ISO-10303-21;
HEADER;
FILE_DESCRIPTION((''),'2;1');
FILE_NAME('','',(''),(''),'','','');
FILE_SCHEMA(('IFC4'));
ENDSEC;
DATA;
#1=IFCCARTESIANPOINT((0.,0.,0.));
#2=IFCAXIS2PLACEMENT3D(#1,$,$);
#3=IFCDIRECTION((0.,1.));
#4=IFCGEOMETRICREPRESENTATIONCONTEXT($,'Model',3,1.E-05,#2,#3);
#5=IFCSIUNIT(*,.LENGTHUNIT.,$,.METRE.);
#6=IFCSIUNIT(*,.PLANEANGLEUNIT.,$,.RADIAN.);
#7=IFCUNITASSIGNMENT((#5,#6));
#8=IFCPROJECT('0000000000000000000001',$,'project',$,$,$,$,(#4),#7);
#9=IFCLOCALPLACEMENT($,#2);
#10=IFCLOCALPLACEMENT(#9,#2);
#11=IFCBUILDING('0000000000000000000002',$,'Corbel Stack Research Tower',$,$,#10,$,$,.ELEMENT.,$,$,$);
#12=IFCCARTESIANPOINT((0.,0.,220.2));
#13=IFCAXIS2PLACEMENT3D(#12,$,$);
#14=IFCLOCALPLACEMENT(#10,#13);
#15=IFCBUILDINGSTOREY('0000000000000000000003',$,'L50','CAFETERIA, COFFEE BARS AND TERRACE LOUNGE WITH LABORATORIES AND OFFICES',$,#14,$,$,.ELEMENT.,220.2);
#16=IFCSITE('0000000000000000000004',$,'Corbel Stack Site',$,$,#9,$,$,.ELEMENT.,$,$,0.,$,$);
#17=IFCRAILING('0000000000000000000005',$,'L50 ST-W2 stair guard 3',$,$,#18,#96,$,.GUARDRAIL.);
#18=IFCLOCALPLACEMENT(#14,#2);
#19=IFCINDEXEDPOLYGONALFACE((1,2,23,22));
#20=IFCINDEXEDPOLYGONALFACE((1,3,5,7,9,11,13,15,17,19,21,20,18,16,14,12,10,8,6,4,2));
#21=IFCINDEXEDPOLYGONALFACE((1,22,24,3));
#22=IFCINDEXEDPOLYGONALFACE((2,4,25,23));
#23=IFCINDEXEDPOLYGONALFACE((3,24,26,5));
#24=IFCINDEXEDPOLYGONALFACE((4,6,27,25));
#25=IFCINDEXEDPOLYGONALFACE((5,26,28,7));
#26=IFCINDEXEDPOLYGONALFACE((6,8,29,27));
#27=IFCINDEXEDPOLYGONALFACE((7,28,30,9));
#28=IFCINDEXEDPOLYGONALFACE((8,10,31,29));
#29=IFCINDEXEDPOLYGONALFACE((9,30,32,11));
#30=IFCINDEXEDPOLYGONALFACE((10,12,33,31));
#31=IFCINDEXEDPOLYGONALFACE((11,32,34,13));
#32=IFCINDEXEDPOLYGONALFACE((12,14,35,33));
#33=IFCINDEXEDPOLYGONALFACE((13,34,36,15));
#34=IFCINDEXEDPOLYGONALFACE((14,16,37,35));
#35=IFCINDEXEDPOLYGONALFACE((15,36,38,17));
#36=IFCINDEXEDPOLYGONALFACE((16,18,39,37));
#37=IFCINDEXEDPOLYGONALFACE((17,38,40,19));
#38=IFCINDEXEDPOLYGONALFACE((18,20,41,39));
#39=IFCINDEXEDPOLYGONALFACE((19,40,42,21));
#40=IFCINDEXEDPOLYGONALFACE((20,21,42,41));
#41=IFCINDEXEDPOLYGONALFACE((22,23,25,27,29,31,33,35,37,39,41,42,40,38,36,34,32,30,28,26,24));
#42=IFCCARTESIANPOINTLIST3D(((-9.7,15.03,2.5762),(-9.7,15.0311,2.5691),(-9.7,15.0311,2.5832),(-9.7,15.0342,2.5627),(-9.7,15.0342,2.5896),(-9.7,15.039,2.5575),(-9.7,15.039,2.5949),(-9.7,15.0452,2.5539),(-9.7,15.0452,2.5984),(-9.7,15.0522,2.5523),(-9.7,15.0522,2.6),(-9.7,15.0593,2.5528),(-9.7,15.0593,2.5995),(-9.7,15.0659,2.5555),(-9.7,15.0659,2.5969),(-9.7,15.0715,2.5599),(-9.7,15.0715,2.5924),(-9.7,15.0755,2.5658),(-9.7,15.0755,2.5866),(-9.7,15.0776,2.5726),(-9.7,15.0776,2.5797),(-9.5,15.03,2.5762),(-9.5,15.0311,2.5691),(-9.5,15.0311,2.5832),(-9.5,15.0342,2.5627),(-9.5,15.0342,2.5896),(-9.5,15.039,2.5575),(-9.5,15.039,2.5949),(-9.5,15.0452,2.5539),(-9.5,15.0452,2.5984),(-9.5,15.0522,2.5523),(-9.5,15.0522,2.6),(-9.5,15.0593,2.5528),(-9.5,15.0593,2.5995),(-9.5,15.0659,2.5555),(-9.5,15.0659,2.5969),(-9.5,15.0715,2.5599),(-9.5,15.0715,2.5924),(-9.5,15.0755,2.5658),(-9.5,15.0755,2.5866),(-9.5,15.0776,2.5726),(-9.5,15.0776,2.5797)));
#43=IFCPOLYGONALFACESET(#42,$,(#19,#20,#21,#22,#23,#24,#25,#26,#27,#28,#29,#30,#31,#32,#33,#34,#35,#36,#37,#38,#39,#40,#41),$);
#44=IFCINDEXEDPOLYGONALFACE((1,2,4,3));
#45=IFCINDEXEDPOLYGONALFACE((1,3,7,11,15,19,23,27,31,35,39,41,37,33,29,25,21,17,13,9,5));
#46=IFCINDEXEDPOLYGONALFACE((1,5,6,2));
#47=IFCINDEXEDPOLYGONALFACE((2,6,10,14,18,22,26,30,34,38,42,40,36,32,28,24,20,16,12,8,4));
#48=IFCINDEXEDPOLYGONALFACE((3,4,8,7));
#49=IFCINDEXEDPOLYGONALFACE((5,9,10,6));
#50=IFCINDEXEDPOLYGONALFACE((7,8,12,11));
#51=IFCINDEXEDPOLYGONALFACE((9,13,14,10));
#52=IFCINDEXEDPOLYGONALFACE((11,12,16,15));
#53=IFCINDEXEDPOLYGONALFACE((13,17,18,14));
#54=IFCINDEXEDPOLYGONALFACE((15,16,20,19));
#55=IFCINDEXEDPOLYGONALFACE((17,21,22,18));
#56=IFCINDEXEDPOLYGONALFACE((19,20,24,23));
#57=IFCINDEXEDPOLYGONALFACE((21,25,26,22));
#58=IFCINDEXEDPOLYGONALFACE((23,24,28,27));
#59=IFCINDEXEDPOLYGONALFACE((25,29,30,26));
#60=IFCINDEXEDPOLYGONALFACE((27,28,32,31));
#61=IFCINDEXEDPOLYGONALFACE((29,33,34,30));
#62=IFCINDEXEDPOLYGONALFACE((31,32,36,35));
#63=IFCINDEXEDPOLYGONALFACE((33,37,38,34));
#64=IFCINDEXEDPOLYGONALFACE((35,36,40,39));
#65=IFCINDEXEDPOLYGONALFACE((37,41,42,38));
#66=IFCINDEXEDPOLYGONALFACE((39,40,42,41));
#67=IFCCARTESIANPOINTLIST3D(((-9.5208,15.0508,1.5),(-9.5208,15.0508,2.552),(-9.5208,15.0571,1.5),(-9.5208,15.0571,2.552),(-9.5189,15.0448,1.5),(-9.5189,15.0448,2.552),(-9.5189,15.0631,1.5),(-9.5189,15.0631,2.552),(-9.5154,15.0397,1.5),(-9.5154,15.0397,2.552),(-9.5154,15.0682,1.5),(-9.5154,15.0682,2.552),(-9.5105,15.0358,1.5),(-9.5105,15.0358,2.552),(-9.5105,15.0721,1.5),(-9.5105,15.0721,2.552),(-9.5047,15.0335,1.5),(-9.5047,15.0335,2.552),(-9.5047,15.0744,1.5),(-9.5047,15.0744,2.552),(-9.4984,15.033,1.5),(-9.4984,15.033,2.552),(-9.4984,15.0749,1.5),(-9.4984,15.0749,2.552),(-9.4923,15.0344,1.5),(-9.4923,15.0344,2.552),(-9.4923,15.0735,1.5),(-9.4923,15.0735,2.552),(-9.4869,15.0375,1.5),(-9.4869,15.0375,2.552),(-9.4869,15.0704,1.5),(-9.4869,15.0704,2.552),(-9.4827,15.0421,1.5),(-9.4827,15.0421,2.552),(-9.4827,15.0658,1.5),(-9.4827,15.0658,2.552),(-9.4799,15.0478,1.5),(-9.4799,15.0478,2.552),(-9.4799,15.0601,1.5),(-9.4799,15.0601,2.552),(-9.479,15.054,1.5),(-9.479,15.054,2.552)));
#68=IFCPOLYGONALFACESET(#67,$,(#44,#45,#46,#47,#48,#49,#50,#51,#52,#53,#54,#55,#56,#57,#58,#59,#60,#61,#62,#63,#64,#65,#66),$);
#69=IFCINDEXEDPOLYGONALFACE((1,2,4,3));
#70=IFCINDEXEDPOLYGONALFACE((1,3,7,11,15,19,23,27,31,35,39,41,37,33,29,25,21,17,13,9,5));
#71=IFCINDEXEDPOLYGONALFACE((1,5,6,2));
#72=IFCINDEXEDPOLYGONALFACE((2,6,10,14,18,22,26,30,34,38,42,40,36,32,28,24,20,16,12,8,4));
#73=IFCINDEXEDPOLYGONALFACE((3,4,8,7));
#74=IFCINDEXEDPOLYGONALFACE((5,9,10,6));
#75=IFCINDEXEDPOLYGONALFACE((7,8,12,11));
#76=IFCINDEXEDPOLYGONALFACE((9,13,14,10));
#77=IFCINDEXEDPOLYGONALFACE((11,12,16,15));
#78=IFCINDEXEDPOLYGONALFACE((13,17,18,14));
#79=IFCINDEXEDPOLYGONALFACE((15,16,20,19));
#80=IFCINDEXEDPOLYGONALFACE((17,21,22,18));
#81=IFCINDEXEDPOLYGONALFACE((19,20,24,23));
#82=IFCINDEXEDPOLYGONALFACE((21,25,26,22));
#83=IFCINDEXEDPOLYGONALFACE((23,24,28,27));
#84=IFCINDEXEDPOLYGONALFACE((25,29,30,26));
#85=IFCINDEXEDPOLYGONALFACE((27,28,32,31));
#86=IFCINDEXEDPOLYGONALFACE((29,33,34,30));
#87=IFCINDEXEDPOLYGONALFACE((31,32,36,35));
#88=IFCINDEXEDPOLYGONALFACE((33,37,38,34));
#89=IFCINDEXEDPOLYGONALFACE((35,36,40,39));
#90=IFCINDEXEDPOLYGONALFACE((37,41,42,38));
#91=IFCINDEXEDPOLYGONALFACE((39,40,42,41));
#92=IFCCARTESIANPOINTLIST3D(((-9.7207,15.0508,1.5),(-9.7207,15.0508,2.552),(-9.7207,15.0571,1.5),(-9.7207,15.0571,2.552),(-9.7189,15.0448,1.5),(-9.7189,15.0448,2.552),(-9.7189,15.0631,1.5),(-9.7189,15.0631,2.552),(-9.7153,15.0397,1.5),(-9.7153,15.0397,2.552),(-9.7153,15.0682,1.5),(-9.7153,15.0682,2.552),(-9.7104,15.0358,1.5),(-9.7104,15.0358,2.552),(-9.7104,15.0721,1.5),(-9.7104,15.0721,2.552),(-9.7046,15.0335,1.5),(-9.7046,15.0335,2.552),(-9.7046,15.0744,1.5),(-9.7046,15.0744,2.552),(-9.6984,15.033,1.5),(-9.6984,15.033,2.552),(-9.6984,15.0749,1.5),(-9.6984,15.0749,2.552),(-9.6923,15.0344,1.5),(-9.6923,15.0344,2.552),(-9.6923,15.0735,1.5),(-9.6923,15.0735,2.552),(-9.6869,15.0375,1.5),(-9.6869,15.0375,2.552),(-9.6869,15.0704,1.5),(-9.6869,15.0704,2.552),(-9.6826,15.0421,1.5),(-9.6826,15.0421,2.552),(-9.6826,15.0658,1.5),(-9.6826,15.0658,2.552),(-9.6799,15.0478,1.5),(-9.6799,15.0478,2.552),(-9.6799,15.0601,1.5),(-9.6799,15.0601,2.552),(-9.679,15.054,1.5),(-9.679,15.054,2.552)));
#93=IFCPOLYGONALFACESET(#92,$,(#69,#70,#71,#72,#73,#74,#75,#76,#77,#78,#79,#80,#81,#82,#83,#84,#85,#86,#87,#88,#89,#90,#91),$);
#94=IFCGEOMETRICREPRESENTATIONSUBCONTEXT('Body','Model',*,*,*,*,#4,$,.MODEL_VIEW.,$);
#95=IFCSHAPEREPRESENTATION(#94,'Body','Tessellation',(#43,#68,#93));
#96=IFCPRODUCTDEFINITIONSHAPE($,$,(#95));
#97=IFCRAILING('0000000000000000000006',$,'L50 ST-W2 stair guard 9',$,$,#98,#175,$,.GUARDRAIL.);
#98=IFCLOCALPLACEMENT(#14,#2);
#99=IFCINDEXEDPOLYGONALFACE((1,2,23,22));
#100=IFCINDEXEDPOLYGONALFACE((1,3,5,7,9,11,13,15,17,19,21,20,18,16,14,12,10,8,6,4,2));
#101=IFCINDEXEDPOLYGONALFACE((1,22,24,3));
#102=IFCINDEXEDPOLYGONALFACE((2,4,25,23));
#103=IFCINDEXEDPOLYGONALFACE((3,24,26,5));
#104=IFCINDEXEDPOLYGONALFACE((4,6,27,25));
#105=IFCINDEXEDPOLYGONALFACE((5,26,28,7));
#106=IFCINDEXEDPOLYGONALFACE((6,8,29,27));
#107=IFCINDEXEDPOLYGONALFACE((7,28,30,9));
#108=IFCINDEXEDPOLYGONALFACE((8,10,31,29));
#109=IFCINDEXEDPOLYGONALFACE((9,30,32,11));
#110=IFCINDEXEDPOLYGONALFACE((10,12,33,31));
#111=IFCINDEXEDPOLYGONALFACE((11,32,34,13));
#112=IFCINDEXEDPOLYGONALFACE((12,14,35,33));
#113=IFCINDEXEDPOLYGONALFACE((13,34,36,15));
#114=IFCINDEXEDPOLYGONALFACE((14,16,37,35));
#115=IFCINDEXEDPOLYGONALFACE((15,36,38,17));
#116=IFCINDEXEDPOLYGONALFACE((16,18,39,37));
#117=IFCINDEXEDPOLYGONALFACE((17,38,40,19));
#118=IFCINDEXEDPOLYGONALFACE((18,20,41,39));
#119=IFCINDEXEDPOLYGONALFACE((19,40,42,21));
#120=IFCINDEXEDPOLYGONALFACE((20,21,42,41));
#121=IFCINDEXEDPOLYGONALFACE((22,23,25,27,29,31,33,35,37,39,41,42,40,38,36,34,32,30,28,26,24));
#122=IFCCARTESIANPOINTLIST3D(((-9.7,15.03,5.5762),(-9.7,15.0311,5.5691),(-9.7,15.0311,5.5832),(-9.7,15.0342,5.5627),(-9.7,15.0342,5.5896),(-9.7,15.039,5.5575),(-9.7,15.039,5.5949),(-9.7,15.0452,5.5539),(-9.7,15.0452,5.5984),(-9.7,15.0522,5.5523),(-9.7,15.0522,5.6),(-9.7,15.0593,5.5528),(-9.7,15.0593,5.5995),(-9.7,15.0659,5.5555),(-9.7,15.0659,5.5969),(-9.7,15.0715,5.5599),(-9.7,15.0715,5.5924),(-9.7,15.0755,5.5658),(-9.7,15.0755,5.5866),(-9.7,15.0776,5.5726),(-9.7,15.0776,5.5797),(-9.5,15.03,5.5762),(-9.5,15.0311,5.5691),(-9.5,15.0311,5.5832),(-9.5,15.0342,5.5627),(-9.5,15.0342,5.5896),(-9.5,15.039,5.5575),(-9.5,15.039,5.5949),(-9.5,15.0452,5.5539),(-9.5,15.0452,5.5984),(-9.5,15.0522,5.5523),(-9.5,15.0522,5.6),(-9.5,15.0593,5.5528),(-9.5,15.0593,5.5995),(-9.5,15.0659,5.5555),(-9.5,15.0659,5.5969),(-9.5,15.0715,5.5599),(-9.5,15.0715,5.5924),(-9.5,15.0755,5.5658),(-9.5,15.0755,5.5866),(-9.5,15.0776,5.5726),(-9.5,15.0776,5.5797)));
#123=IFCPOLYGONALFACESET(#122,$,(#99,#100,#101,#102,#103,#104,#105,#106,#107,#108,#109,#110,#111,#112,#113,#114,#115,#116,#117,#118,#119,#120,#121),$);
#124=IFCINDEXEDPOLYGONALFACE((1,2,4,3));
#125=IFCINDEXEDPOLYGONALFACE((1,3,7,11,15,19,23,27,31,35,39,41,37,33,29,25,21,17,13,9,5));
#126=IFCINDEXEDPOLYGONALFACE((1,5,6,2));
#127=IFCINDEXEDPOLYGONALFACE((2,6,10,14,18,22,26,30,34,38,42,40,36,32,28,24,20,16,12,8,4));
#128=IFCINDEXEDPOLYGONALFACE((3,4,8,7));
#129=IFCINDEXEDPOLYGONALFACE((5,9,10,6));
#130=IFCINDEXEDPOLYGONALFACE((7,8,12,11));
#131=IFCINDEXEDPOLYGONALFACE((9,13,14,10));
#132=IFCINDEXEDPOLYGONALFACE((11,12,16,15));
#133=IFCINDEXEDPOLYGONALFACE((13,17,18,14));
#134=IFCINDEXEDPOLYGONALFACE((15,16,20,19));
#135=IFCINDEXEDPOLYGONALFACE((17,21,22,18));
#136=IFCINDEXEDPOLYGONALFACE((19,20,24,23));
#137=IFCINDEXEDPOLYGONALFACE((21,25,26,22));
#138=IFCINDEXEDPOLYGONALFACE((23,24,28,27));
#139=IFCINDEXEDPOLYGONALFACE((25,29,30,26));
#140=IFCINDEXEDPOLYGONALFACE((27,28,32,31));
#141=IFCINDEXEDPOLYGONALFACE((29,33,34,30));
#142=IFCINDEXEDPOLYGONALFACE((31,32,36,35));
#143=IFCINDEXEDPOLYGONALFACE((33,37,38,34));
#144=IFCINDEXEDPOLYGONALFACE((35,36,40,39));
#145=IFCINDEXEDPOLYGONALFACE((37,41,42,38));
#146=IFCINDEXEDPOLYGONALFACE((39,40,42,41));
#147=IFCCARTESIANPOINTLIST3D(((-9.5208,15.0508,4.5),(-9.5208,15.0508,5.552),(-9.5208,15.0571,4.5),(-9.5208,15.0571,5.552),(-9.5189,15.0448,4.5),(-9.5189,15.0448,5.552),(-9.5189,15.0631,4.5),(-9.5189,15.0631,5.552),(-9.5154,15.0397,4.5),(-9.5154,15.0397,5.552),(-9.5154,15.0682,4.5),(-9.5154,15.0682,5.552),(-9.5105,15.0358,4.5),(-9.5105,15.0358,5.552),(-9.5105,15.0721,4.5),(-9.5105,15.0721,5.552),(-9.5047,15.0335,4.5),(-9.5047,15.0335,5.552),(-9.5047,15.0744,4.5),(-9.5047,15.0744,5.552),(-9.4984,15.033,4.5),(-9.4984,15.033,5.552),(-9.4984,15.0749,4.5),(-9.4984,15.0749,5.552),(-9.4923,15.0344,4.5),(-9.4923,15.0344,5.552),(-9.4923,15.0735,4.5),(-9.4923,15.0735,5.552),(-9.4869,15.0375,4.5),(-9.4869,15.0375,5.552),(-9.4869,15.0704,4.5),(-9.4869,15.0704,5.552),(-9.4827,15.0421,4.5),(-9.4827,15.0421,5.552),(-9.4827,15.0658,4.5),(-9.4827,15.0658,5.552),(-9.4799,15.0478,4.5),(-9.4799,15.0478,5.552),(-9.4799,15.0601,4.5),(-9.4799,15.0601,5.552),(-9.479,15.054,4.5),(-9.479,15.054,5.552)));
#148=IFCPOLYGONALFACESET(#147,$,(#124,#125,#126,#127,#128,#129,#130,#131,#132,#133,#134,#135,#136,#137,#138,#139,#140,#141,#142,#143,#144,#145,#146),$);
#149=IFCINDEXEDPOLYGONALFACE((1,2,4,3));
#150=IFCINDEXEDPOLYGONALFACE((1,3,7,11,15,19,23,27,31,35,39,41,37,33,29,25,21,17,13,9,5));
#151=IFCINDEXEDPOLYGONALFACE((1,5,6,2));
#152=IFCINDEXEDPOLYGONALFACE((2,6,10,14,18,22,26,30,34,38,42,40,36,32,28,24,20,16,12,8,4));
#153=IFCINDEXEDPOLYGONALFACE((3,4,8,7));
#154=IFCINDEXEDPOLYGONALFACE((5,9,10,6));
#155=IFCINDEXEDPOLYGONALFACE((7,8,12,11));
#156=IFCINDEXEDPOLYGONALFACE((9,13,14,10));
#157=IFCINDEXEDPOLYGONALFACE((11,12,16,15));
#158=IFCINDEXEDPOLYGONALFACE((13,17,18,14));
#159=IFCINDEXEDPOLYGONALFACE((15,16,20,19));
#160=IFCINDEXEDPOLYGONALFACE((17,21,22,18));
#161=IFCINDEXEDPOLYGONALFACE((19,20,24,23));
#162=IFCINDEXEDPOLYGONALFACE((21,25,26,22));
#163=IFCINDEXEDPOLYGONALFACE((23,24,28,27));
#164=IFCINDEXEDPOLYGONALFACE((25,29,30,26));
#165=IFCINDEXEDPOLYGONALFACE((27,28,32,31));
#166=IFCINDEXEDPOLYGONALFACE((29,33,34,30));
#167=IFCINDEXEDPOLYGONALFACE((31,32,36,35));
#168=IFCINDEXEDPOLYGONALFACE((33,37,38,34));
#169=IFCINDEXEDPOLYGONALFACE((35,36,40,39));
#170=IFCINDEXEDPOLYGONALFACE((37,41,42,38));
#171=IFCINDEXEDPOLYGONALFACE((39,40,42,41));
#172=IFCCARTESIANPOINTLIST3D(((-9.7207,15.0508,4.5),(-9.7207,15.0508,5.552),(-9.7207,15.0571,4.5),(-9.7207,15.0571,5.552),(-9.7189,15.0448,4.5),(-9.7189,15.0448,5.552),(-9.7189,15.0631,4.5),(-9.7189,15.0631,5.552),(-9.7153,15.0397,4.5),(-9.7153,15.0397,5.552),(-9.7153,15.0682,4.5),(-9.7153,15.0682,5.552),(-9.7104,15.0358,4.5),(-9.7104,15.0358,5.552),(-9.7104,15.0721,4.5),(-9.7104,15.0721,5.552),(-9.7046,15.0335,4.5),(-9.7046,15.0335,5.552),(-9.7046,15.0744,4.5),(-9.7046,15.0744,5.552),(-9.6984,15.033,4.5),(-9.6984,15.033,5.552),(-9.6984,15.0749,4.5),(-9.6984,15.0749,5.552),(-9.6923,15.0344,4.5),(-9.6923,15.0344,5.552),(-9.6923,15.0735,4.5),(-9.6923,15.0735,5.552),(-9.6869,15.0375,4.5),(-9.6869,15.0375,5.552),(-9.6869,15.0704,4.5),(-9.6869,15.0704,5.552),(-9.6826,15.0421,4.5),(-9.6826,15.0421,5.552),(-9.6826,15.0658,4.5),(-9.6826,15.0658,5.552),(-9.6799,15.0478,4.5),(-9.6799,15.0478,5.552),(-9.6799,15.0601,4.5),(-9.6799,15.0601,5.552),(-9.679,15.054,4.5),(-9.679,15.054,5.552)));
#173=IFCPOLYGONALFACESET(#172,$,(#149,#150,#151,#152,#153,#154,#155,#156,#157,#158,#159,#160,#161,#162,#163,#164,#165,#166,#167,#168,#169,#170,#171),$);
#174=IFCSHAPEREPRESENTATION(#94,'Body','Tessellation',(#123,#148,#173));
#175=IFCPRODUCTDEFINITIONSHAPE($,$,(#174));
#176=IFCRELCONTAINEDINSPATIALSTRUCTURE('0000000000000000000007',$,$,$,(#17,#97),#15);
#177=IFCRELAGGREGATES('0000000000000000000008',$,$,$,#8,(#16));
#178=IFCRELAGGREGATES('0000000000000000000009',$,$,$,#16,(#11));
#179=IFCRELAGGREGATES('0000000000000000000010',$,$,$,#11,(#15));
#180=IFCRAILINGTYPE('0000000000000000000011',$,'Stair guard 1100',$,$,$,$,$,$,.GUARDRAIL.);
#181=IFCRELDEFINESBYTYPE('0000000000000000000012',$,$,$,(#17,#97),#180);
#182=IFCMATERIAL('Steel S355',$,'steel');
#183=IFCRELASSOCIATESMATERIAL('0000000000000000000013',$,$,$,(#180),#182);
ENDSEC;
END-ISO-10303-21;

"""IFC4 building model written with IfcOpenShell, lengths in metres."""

from ifc_helpers import new_model, si_unit, direction, frame, origin, origin_2d, place, context, subcontext, project, spatial, circle, extrude, material, type_object, element, save


model = new_model("IFC4")

# Units and contexts
model_context = context("Model", 3, precision=1e-05, world=origin(), true_north=direction((0.0, 1.0)))
body_context = subcontext(model_context, "Body", "Model", "MODEL_VIEW")
ifc_project = project(units=[si_unit("LENGTHUNIT", "METRE"), si_unit("PLANEANGLEUNIT", "RADIAN")], contexts=[model_context])

# Site, building, storey
site_placement = place(None, origin())
site = spatial("IfcSite", under=ifc_project, at=site_placement, Name="Corbel Stack Site", CompositionType="ELEMENT", RefElevation=0.0)
building_placement = place(site_placement, origin())
building = spatial("IfcBuilding", under=site, at=building_placement, Name="Corbel Stack Research Tower", CompositionType="ELEMENT")
storey_placement = place(building_placement, frame((0.0, 0.0, 220.2)))
storey = spatial("IfcBuildingStorey", under=building, at=storey_placement, Name="L50", Description="CAFETERIA, COFFEE BARS AND TERRACE LOUNGE WITH LABORATORIES AND OFFICES", CompositionType="ELEMENT", Elevation=220.2)

# Railings
ifc_material_1 = material(Name="Steel S355", Category="steel")
railing_type_1 = type_object("IfcRailingType", Name="Stair guard 1100", PredefinedType="GUARDRAIL", material=ifc_material_1)
for number, where, name in (
    (1, (-9.5, 15.054, 1.5), "L50 ST-W2 stair guard 3"),
    (2, (-9.5, 15.054, 4.5), "L50 ST-W2 stair guard 9"),
):
    element("IfcRailing", number, at=place(storey_placement, frame(where)), inside=storey, type_object=railing_type_1, Name=name, PredefinedType="GUARDRAIL", context=body_context, shape_type="SweptSolid", body=[
        extrude(circle(Radius=0.0239, at=origin_2d()), frame((0.0, 0.0, 1.0762), z_axis=(-1.0, 0.0, 0.0), x_axis=(0.0, -1.0, 0.0)), (0.0, 0.0, 1.0), 0.2),
        extrude(circle(Radius=0.021, at=origin_2d()), origin(), (0.0, 0.0, 1.0), 1.052),
        extrude(circle(Radius=0.021, at=origin_2d()), frame((-0.2, 0.0, 0.0)), (0.0, 0.0, 1.0), 1.052),
    ])

save(model, "model.ifc")
